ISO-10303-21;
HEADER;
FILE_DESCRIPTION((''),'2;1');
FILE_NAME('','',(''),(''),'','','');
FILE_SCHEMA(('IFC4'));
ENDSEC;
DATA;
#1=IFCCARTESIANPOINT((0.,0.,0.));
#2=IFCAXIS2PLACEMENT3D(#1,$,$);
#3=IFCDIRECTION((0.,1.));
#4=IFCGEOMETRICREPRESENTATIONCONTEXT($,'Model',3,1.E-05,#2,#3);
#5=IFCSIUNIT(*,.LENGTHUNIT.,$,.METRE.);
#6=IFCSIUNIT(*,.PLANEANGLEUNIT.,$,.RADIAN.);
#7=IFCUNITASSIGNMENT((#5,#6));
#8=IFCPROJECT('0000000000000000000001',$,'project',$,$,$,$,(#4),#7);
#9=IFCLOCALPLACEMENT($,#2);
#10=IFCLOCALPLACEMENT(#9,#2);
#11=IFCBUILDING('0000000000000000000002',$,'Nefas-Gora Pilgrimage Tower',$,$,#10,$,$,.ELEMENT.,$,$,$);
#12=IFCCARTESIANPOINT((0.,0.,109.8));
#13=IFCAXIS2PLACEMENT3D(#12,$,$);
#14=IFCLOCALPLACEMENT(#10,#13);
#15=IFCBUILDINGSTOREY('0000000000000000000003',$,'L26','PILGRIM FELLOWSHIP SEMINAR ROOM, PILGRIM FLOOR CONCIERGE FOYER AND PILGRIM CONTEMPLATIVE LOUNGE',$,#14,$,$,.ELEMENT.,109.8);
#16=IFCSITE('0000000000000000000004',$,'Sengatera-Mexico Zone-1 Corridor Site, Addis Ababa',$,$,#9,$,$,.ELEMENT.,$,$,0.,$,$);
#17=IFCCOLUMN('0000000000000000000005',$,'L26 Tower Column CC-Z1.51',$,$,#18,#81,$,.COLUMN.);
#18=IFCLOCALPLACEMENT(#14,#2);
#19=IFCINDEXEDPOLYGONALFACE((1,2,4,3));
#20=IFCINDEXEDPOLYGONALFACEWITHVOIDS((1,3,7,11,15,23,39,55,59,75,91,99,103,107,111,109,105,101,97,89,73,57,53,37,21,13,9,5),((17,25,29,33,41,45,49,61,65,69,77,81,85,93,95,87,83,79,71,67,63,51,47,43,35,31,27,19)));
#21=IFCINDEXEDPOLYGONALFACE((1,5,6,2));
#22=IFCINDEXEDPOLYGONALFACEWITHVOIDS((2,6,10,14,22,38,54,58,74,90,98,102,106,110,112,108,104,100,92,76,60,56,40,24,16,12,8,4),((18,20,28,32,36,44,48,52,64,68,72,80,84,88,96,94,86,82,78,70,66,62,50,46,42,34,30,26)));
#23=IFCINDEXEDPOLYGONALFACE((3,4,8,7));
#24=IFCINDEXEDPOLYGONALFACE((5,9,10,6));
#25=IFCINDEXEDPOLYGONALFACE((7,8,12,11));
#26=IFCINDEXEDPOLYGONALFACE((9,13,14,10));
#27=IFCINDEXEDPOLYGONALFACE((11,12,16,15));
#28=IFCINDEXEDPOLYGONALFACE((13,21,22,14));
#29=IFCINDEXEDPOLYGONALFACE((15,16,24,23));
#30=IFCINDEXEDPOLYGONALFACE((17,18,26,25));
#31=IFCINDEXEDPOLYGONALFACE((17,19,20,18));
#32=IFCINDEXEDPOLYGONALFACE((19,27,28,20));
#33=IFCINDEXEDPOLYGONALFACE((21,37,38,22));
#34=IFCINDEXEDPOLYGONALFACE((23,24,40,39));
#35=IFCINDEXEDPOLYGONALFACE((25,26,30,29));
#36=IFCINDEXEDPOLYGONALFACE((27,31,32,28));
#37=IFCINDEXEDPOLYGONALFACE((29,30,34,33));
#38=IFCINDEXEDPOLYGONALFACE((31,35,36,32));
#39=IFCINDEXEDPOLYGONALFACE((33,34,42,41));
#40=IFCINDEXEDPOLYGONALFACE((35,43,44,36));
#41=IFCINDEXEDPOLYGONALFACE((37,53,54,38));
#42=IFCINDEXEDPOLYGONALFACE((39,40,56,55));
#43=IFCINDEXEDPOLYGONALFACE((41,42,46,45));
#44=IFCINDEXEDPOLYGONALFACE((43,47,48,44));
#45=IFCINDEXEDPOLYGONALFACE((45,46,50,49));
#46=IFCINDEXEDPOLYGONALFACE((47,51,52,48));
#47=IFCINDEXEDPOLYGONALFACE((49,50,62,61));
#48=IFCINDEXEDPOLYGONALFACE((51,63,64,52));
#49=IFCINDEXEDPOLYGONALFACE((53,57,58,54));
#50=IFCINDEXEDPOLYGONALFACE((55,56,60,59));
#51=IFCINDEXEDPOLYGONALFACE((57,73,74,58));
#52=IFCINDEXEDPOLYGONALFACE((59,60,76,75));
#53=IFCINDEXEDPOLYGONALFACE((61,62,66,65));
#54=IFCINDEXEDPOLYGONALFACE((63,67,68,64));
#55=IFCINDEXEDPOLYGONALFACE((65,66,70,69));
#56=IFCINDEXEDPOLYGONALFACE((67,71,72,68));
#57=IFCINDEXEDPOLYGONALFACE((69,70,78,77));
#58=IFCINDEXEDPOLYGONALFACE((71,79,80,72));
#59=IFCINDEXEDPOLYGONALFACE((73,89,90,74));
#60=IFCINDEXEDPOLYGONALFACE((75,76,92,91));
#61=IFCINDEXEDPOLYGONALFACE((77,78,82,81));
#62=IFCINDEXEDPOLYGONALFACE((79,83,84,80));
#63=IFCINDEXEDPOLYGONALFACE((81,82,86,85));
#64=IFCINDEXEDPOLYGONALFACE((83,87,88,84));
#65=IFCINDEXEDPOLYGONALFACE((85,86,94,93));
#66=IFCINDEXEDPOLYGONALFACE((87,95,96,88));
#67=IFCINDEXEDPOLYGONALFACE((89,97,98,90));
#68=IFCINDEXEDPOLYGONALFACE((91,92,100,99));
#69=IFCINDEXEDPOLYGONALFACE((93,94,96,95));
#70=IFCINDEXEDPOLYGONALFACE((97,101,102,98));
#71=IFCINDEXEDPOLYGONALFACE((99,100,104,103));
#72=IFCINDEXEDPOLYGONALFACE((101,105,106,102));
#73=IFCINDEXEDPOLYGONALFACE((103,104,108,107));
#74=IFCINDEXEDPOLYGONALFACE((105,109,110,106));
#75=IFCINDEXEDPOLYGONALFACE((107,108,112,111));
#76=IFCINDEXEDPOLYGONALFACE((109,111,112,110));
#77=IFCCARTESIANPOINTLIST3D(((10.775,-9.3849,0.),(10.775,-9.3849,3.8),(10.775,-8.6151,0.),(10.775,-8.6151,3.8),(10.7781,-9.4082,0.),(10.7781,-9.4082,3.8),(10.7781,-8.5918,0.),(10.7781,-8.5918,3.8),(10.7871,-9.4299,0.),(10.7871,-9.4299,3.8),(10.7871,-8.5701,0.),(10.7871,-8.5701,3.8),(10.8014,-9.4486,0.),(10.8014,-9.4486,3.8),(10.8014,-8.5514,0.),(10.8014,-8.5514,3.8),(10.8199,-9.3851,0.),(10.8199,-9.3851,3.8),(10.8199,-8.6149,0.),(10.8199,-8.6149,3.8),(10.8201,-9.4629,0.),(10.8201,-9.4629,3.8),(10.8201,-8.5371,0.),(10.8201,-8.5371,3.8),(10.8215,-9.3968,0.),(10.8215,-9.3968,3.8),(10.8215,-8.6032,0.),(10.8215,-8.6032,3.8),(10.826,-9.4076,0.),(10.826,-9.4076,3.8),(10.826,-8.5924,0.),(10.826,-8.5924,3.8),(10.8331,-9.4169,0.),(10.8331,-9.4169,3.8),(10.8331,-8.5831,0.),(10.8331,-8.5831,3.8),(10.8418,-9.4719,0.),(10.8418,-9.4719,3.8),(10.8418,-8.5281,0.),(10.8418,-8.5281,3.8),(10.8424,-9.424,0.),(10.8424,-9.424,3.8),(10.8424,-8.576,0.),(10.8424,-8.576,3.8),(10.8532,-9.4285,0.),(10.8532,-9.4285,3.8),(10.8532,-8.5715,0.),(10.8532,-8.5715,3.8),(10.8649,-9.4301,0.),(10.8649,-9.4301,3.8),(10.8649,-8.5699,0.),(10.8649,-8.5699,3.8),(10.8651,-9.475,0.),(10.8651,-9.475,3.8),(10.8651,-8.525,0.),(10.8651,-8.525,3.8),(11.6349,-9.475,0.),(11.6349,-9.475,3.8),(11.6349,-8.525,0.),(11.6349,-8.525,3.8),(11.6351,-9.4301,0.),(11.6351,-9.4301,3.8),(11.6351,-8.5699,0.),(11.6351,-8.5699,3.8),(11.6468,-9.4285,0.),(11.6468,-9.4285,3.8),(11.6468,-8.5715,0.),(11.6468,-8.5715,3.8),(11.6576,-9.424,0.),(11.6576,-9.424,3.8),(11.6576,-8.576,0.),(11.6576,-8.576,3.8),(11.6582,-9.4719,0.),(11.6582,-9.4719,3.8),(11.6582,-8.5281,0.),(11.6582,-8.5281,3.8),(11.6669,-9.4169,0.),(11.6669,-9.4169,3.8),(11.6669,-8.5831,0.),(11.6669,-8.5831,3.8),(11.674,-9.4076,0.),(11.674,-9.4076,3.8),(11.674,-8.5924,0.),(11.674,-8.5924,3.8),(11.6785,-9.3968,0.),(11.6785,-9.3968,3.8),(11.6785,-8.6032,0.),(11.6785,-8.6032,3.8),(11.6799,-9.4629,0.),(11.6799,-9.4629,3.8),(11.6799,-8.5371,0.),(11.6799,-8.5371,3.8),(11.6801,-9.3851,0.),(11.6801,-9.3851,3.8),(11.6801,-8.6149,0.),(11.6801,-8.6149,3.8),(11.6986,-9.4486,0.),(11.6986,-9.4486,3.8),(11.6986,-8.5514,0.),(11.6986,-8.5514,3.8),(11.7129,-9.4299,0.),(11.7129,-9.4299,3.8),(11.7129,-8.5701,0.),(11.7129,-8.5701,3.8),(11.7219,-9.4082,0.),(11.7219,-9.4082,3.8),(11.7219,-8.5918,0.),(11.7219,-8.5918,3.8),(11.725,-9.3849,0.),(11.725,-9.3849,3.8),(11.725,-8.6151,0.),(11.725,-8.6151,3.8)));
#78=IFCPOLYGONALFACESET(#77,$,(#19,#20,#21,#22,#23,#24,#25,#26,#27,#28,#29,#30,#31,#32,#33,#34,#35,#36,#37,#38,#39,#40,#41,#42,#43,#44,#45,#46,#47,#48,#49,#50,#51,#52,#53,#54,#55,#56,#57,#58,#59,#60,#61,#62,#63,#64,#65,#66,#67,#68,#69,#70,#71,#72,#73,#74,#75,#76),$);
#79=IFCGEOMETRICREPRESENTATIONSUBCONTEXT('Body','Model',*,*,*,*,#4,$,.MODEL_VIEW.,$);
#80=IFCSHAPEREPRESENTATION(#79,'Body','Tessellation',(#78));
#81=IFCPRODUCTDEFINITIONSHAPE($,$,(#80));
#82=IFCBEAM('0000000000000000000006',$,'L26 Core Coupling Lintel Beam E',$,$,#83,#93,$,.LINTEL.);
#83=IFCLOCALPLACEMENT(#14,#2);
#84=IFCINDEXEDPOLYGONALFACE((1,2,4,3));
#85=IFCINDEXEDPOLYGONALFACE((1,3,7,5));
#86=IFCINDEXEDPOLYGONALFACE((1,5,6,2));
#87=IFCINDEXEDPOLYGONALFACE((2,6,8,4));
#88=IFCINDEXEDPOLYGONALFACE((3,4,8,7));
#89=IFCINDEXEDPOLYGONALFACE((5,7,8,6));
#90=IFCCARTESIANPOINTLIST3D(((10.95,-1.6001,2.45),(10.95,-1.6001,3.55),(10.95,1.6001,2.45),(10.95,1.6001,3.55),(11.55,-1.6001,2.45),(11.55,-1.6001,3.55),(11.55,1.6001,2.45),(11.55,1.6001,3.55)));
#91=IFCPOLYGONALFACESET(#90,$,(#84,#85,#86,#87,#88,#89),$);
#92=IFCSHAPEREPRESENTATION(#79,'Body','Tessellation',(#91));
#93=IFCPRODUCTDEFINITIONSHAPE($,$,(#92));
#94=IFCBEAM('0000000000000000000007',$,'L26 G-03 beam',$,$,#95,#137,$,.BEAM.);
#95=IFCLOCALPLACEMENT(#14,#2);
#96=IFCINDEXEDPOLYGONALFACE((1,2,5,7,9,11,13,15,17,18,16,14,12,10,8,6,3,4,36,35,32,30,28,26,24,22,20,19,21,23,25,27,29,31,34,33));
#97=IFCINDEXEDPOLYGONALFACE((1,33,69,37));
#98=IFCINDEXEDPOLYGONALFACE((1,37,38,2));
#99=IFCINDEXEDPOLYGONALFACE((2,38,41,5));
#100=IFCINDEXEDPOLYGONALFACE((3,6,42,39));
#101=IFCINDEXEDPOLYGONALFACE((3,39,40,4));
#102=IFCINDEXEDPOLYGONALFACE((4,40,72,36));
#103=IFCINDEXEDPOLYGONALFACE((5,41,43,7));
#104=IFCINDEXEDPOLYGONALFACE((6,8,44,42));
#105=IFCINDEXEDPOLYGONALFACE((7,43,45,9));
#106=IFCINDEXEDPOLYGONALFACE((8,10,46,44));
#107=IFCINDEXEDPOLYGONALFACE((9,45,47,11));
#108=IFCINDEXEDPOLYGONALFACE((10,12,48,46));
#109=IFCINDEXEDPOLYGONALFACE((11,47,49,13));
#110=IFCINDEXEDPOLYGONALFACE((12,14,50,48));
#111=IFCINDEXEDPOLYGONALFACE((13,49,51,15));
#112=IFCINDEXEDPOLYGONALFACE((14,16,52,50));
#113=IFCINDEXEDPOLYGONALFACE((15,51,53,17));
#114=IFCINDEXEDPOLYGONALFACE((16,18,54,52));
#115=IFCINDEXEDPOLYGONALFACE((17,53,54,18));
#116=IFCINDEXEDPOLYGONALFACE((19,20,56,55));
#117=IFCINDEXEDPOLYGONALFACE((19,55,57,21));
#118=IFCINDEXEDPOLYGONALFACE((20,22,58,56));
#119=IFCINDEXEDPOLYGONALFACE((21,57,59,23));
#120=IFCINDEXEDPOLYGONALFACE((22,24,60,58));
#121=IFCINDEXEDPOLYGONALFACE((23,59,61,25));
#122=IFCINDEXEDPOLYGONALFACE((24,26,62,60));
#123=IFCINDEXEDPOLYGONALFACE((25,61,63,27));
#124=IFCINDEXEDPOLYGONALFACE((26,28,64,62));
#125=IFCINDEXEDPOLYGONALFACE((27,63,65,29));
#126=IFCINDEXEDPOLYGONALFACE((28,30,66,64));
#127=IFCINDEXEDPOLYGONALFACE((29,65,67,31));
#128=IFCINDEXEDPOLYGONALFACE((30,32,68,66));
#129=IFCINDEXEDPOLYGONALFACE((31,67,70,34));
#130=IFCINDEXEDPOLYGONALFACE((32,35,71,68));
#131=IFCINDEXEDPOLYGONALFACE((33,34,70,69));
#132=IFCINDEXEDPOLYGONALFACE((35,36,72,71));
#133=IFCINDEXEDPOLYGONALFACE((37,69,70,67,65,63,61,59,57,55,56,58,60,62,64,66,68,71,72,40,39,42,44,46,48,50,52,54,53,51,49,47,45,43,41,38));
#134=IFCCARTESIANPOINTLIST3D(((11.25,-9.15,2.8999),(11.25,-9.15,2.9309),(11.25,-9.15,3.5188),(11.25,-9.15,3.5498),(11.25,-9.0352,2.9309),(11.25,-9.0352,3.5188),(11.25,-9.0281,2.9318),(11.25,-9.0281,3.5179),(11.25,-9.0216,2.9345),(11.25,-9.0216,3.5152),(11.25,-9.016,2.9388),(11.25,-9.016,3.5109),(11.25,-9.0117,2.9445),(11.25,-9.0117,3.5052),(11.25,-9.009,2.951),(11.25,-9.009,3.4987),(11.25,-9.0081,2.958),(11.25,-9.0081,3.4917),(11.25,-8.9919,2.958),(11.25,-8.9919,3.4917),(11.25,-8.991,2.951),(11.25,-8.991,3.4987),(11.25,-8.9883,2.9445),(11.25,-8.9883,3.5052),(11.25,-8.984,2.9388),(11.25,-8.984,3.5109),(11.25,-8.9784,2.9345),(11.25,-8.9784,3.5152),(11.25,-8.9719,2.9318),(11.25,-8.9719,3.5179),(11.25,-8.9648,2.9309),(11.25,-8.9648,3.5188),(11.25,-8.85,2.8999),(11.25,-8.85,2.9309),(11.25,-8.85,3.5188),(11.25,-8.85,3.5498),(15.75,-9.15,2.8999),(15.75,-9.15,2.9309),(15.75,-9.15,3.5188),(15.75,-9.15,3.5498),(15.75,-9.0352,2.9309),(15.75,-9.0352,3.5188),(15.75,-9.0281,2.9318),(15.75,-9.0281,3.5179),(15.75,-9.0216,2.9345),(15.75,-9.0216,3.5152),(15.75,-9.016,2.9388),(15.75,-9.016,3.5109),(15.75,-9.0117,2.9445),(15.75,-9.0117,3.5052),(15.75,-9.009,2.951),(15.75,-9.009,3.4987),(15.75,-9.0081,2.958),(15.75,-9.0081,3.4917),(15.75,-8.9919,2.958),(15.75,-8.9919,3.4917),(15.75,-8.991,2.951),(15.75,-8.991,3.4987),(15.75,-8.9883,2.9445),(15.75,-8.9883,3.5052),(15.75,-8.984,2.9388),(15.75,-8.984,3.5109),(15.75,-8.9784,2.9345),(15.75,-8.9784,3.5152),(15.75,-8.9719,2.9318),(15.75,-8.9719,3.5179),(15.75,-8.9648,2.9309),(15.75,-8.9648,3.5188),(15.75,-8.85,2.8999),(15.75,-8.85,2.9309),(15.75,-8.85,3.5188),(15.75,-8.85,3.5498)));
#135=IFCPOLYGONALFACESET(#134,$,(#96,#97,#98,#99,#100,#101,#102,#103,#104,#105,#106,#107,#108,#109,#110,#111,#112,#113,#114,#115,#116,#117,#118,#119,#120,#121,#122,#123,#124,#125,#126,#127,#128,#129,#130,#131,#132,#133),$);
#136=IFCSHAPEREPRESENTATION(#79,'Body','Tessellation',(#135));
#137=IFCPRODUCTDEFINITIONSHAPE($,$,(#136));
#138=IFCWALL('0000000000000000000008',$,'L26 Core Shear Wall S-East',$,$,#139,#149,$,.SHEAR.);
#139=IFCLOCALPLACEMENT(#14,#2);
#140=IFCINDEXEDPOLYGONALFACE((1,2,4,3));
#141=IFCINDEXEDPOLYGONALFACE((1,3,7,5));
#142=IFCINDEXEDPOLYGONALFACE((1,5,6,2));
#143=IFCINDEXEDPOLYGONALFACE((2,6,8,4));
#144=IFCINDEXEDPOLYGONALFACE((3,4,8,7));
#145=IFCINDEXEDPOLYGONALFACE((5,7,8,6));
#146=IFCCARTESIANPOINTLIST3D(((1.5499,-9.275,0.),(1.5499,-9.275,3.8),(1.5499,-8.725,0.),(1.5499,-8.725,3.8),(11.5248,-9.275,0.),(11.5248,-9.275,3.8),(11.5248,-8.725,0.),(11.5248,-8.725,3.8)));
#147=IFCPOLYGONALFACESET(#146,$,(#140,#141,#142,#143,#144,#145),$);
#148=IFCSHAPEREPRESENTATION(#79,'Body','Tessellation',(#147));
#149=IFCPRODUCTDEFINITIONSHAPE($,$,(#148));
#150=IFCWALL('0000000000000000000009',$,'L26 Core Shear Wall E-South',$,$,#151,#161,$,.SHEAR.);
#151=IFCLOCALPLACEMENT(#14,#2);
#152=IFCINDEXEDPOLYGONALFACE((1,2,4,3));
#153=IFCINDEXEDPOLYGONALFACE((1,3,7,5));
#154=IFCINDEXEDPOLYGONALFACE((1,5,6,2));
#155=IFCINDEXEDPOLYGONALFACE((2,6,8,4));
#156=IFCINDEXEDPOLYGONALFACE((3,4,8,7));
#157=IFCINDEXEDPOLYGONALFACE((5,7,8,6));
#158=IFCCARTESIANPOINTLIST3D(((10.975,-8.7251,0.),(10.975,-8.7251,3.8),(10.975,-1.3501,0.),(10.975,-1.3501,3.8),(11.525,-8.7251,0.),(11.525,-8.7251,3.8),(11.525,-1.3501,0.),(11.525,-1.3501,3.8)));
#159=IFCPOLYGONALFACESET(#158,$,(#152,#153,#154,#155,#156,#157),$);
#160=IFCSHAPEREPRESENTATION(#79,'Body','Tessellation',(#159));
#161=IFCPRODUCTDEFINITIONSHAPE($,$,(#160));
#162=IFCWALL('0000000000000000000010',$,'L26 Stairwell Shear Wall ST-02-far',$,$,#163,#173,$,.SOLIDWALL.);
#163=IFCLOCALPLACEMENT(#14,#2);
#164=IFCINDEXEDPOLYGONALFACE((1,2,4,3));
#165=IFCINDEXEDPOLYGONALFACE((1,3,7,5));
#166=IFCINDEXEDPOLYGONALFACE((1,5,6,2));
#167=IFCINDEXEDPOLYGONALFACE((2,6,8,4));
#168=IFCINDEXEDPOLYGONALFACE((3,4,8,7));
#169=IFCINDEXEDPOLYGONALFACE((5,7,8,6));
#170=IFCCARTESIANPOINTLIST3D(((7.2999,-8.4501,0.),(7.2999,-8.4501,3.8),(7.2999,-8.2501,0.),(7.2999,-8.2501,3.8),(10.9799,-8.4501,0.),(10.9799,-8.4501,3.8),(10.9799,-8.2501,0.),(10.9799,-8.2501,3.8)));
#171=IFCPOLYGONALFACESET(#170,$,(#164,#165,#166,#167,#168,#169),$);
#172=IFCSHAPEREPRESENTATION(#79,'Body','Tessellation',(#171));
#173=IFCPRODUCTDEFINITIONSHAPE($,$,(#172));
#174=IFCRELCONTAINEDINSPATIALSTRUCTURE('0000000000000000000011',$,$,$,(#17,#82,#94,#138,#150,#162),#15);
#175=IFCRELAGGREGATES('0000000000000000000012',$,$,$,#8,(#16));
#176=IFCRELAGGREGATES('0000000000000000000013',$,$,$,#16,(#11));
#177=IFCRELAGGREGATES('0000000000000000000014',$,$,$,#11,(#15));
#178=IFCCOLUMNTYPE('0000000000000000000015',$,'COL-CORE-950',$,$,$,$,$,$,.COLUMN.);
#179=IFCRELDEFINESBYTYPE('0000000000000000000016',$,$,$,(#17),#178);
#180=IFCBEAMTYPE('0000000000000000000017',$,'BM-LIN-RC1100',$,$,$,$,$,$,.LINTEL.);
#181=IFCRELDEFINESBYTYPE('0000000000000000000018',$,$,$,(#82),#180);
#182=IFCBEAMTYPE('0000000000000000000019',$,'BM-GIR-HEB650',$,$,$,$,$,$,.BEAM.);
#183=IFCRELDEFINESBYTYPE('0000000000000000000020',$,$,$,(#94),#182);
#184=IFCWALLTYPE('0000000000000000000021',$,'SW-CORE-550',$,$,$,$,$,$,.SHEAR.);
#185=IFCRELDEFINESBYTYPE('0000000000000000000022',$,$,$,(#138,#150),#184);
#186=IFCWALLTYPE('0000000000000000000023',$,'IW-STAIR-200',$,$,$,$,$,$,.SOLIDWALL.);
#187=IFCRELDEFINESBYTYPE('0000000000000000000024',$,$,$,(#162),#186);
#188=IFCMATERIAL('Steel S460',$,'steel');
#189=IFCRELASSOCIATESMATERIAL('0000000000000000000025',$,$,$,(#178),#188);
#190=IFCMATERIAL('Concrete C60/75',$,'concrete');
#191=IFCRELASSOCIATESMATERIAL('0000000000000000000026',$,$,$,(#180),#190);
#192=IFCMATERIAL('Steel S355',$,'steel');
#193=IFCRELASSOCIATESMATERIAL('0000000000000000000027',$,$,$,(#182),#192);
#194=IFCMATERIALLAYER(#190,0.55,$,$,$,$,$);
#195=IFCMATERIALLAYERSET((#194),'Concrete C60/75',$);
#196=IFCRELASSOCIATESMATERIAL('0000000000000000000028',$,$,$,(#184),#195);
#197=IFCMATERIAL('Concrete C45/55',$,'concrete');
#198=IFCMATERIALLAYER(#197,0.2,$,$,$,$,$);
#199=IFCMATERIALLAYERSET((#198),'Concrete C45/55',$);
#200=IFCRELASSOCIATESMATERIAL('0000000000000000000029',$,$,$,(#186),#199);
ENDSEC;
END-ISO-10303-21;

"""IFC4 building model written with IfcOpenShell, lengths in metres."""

from ifc_helpers import new_model, si_unit, direction, frame, frame_2d, origin, origin_2d, place, context, subcontext, project, spatial, rectangle, hollow_rectangle, i_section, extrude, source, transform, mapped, material, layer, layer_set, material_profile, profile_set, type_object, element, save


model = new_model("IFC4")

# Units and contexts
model_context = context("Model", 3, precision=1e-05, world=origin(), true_north=direction((0.0, 1.0)))
body_context = subcontext(model_context, "Body", "Model", "MODEL_VIEW")
ifc_project = project(units=[si_unit("LENGTHUNIT", "METRE"), si_unit("PLANEANGLEUNIT", "RADIAN")], contexts=[model_context])

# Site, building, storey
site_placement = place(None, origin())
site = spatial("IfcSite", under=ifc_project, at=site_placement, Name="Sengatera-Mexico Zone-1 Corridor Site, Addis Ababa", CompositionType="ELEMENT", RefElevation=0.0)
building_placement = place(site_placement, origin())
building = spatial("IfcBuilding", under=site, at=building_placement, Name="Nefas-Gora Pilgrimage Tower", CompositionType="ELEMENT")
storey_placement = place(building_placement, frame((0.0, 0.0, 109.8)))
storey = spatial("IfcBuildingStorey", under=building, at=storey_placement, Name="L26", Description="PILGRIM FELLOWSHIP SEMINAR ROOM, PILGRIM FLOOR CONCIERGE FOYER AND PILGRIM CONTEMPLATIVE LOUNGE", CompositionType="ELEMENT", Elevation=109.8)

# Column
ifc_material_1 = material(Name="Steel S460", Category="steel")
ifc_material_profile_1 = material_profile(ifc_material_1, hollow_rectangle(XDim=0.95, YDim=0.95, WallThickness=0.0449, InnerFilletRadius=0.0449, OuterFilletRadius=0.0901, at=origin_2d()), Name="BOX 950x950x45")
ifc_profile_set_1 = profile_set([ifc_material_profile_1], Name="Steel S460")
column_type = type_object("IfcColumnType", Name="COL-CORE-950", PredefinedType="COLUMN", material=ifc_profile_set_1)
shared_shape_1 = source(origin(), body_context, "Body", "SweptSolid", [
    extrude(hollow_rectangle(XDim=0.95, YDim=0.95, WallThickness=0.0449, InnerFilletRadius=0.0449, OuterFilletRadius=0.0901, at=origin_2d()), origin(), (0.0, 0.0, 1.0), 3.8),
])
column_placement = place(storey_placement, frame((11.25, -9.0, 0.0), z_axis=(0.0, 0.0, 1.0), x_axis=(1.0, 0.0, 0.0)))
element("IfcColumn", 1, at=column_placement, inside=storey, type_object=column_type, Name="L26 Tower Column CC-Z1.51", PredefinedType="COLUMN", context=body_context, shape_type="MappedRepresentation", body=[
    mapped(shared_shape_1, transform((0.0, 0.0, 0.0), x_axis=(1.0, 0.0, 0.0), y_axis=(0.0, 1.0, 0.0), z_axis=(0.0, 0.0, 1.0), scale=1.0)),
])

# Beams
ifc_material_2 = material(Name="Concrete C60/75", Category="concrete")
ifc_material_profile_2 = material_profile(ifc_material_2, rectangle(XDim=0.6001, YDim=1.1001, at=origin_2d()), Name="RC 600x1100")
ifc_profile_set_2 = profile_set([ifc_material_profile_2], Name="Concrete C60/75")
beam_type_1 = type_object("IfcBeamType", Name="BM-LIN-RC1100", PredefinedType="LINTEL", material=ifc_profile_set_2)
shared_shape_2 = source(origin(), body_context, "Body", "SweptSolid", [
    extrude(rectangle(XDim=0.6001, YDim=1.1001, at=origin_2d()), origin(), (0.0, 0.0, 1.0), 3.2002),
])
beam_1_placement = place(storey_placement, frame((11.25, -1.6001, 3.0), z_axis=(0.0, 1.0, 0.0), x_axis=(-1.0, 0.0, 0.0)))
element("IfcBeam", 2, at=beam_1_placement, inside=storey, type_object=beam_type_1, Name="L26 Core Coupling Lintel Beam E", PredefinedType="LINTEL", context=body_context, shape_type="MappedRepresentation", body=[
    mapped(shared_shape_2, transform((0.0, 0.0, 0.0), x_axis=(1.0, 0.0, 0.0), y_axis=(0.0, 1.0, 0.0), z_axis=(0.0, 0.0, 1.0), scale=1.0)),
])
ifc_material_3 = material(Name="Steel S355", Category="steel")
ifc_material_profile_3 = material_profile(ifc_material_3, i_section(OverallWidth=0.3, OverallDepth=0.6499, WebThickness=0.0161, FlangeThickness=0.031, FilletRadius=0.0271, at=origin_2d()), Name="HEB 650")
ifc_profile_set_3 = profile_set([ifc_material_profile_3], Name="Steel S355")
beam_type_2 = type_object("IfcBeamType", Name="BM-GIR-HEB650", PredefinedType="BEAM", material=ifc_profile_set_3)
shared_shape_3 = source(origin(), body_context, "Body", "SweptSolid", [
    extrude(i_section(OverallWidth=0.3, OverallDepth=0.6499, WebThickness=0.0161, FlangeThickness=0.031, FilletRadius=0.0271, at=origin_2d()), origin(), (0.0, 0.0, 1.0), 4.5),
])
beam_2_placement = place(storey_placement, frame((11.25, -9.0, 3.2249), z_axis=(1.0, 0.0, 0.0), x_axis=(0.0, 1.0, 0.0)))
element("IfcBeam", 3, at=beam_2_placement, inside=storey, type_object=beam_type_2, Name="L26 G-03 beam", PredefinedType="BEAM", context=body_context, shape_type="MappedRepresentation", body=[
    mapped(shared_shape_3, transform((0.0, 0.0, 0.0), x_axis=(1.0, 0.0, 0.0), y_axis=(0.0, 1.0, 0.0), z_axis=(0.0, 0.0, 1.0), scale=1.0)),
])

# Walls
ifc_layer_1 = layer(ifc_material_2, 0.55)
ifc_layer_set_1 = layer_set([ifc_layer_1], Name="Concrete C60/75")
wall_type_1 = type_object("IfcWallType", Name="SW-CORE-550", PredefinedType="SHEAR", material=ifc_layer_set_1)
shared_shape_4 = source(origin(), body_context, "Body", "SweptSolid", [
    extrude(rectangle(XDim=9.9749, YDim=0.55, at=frame_2d((4.9873, 0.0))), origin(), (0.0, 0.0, 1.0), 3.8),
])
wall_1_placement = place(storey_placement, frame((1.55, -9.0, 0.0), z_axis=(0.0, 0.0, 1.0), x_axis=(1.0, 0.0, 0.0)))
element("IfcWall", 4, at=wall_1_placement, inside=storey, type_object=wall_type_1, Name="L26 Core Shear Wall S-East", PredefinedType="SHEAR", context=body_context, shape_type="MappedRepresentation", body=[
    mapped(shared_shape_4, transform((0.0, 0.0, 0.0), x_axis=(1.0, 0.0, 0.0), y_axis=(0.0, 1.0, 0.0), z_axis=(0.0, 0.0, 1.0), scale=1.0)),
])
shared_shape_5 = source(origin(), body_context, "Body", "SweptSolid", [
    extrude(rectangle(XDim=7.375, YDim=0.55, at=frame_2d((3.6875, 0.0))), origin(), (0.0, 0.0, 1.0), 3.8),
])
wall_2_placement = place(storey_placement, frame((11.25, -8.7251, 0.0), z_axis=(0.0, 0.0, 1.0), x_axis=(0.0, 1.0, 0.0)))
element("IfcWall", 5, at=wall_2_placement, inside=storey, type_object=wall_type_1, Name="L26 Core Shear Wall E-South", PredefinedType="SHEAR", context=body_context, shape_type="MappedRepresentation", body=[
    mapped(shared_shape_5, transform((0.0, 0.0, 0.0), x_axis=(1.0, 0.0, 0.0), y_axis=(0.0, 1.0, 0.0), z_axis=(0.0, 0.0, 1.0), scale=1.0)),
])
ifc_material_4 = material(Name="Concrete C45/55", Category="concrete")
ifc_layer_2 = layer(ifc_material_4, 0.2)
ifc_layer_set_2 = layer_set([ifc_layer_2], Name="Concrete C45/55")
wall_type_2 = type_object("IfcWallType", Name="IW-STAIR-200", PredefinedType="SOLIDWALL", material=ifc_layer_set_2)
shared_shape_6 = source(origin(), body_context, "Body", "SweptSolid", [
    extrude(rectangle(XDim=3.6799, YDim=0.2, at=frame_2d((1.8398, 0.0))), origin(), (0.0, 0.0, 1.0), 3.8),
])
wall_3_placement = place(storey_placement, frame((7.3, -8.3501, 0.0), z_axis=(0.0, 0.0, 1.0), x_axis=(1.0, 0.0, 0.0)))
element("IfcWall", 6, at=wall_3_placement, inside=storey, type_object=wall_type_2, Name="L26 Stairwell Shear Wall ST-02-far", PredefinedType="SOLIDWALL", context=body_context, shape_type="MappedRepresentation", body=[
    mapped(shared_shape_6, transform((0.0, 0.0, 0.0), x_axis=(1.0, 0.0, 0.0), y_axis=(0.0, 1.0, 0.0), z_axis=(0.0, 0.0, 1.0), scale=1.0)),
])

save(model, "model.ifc")
